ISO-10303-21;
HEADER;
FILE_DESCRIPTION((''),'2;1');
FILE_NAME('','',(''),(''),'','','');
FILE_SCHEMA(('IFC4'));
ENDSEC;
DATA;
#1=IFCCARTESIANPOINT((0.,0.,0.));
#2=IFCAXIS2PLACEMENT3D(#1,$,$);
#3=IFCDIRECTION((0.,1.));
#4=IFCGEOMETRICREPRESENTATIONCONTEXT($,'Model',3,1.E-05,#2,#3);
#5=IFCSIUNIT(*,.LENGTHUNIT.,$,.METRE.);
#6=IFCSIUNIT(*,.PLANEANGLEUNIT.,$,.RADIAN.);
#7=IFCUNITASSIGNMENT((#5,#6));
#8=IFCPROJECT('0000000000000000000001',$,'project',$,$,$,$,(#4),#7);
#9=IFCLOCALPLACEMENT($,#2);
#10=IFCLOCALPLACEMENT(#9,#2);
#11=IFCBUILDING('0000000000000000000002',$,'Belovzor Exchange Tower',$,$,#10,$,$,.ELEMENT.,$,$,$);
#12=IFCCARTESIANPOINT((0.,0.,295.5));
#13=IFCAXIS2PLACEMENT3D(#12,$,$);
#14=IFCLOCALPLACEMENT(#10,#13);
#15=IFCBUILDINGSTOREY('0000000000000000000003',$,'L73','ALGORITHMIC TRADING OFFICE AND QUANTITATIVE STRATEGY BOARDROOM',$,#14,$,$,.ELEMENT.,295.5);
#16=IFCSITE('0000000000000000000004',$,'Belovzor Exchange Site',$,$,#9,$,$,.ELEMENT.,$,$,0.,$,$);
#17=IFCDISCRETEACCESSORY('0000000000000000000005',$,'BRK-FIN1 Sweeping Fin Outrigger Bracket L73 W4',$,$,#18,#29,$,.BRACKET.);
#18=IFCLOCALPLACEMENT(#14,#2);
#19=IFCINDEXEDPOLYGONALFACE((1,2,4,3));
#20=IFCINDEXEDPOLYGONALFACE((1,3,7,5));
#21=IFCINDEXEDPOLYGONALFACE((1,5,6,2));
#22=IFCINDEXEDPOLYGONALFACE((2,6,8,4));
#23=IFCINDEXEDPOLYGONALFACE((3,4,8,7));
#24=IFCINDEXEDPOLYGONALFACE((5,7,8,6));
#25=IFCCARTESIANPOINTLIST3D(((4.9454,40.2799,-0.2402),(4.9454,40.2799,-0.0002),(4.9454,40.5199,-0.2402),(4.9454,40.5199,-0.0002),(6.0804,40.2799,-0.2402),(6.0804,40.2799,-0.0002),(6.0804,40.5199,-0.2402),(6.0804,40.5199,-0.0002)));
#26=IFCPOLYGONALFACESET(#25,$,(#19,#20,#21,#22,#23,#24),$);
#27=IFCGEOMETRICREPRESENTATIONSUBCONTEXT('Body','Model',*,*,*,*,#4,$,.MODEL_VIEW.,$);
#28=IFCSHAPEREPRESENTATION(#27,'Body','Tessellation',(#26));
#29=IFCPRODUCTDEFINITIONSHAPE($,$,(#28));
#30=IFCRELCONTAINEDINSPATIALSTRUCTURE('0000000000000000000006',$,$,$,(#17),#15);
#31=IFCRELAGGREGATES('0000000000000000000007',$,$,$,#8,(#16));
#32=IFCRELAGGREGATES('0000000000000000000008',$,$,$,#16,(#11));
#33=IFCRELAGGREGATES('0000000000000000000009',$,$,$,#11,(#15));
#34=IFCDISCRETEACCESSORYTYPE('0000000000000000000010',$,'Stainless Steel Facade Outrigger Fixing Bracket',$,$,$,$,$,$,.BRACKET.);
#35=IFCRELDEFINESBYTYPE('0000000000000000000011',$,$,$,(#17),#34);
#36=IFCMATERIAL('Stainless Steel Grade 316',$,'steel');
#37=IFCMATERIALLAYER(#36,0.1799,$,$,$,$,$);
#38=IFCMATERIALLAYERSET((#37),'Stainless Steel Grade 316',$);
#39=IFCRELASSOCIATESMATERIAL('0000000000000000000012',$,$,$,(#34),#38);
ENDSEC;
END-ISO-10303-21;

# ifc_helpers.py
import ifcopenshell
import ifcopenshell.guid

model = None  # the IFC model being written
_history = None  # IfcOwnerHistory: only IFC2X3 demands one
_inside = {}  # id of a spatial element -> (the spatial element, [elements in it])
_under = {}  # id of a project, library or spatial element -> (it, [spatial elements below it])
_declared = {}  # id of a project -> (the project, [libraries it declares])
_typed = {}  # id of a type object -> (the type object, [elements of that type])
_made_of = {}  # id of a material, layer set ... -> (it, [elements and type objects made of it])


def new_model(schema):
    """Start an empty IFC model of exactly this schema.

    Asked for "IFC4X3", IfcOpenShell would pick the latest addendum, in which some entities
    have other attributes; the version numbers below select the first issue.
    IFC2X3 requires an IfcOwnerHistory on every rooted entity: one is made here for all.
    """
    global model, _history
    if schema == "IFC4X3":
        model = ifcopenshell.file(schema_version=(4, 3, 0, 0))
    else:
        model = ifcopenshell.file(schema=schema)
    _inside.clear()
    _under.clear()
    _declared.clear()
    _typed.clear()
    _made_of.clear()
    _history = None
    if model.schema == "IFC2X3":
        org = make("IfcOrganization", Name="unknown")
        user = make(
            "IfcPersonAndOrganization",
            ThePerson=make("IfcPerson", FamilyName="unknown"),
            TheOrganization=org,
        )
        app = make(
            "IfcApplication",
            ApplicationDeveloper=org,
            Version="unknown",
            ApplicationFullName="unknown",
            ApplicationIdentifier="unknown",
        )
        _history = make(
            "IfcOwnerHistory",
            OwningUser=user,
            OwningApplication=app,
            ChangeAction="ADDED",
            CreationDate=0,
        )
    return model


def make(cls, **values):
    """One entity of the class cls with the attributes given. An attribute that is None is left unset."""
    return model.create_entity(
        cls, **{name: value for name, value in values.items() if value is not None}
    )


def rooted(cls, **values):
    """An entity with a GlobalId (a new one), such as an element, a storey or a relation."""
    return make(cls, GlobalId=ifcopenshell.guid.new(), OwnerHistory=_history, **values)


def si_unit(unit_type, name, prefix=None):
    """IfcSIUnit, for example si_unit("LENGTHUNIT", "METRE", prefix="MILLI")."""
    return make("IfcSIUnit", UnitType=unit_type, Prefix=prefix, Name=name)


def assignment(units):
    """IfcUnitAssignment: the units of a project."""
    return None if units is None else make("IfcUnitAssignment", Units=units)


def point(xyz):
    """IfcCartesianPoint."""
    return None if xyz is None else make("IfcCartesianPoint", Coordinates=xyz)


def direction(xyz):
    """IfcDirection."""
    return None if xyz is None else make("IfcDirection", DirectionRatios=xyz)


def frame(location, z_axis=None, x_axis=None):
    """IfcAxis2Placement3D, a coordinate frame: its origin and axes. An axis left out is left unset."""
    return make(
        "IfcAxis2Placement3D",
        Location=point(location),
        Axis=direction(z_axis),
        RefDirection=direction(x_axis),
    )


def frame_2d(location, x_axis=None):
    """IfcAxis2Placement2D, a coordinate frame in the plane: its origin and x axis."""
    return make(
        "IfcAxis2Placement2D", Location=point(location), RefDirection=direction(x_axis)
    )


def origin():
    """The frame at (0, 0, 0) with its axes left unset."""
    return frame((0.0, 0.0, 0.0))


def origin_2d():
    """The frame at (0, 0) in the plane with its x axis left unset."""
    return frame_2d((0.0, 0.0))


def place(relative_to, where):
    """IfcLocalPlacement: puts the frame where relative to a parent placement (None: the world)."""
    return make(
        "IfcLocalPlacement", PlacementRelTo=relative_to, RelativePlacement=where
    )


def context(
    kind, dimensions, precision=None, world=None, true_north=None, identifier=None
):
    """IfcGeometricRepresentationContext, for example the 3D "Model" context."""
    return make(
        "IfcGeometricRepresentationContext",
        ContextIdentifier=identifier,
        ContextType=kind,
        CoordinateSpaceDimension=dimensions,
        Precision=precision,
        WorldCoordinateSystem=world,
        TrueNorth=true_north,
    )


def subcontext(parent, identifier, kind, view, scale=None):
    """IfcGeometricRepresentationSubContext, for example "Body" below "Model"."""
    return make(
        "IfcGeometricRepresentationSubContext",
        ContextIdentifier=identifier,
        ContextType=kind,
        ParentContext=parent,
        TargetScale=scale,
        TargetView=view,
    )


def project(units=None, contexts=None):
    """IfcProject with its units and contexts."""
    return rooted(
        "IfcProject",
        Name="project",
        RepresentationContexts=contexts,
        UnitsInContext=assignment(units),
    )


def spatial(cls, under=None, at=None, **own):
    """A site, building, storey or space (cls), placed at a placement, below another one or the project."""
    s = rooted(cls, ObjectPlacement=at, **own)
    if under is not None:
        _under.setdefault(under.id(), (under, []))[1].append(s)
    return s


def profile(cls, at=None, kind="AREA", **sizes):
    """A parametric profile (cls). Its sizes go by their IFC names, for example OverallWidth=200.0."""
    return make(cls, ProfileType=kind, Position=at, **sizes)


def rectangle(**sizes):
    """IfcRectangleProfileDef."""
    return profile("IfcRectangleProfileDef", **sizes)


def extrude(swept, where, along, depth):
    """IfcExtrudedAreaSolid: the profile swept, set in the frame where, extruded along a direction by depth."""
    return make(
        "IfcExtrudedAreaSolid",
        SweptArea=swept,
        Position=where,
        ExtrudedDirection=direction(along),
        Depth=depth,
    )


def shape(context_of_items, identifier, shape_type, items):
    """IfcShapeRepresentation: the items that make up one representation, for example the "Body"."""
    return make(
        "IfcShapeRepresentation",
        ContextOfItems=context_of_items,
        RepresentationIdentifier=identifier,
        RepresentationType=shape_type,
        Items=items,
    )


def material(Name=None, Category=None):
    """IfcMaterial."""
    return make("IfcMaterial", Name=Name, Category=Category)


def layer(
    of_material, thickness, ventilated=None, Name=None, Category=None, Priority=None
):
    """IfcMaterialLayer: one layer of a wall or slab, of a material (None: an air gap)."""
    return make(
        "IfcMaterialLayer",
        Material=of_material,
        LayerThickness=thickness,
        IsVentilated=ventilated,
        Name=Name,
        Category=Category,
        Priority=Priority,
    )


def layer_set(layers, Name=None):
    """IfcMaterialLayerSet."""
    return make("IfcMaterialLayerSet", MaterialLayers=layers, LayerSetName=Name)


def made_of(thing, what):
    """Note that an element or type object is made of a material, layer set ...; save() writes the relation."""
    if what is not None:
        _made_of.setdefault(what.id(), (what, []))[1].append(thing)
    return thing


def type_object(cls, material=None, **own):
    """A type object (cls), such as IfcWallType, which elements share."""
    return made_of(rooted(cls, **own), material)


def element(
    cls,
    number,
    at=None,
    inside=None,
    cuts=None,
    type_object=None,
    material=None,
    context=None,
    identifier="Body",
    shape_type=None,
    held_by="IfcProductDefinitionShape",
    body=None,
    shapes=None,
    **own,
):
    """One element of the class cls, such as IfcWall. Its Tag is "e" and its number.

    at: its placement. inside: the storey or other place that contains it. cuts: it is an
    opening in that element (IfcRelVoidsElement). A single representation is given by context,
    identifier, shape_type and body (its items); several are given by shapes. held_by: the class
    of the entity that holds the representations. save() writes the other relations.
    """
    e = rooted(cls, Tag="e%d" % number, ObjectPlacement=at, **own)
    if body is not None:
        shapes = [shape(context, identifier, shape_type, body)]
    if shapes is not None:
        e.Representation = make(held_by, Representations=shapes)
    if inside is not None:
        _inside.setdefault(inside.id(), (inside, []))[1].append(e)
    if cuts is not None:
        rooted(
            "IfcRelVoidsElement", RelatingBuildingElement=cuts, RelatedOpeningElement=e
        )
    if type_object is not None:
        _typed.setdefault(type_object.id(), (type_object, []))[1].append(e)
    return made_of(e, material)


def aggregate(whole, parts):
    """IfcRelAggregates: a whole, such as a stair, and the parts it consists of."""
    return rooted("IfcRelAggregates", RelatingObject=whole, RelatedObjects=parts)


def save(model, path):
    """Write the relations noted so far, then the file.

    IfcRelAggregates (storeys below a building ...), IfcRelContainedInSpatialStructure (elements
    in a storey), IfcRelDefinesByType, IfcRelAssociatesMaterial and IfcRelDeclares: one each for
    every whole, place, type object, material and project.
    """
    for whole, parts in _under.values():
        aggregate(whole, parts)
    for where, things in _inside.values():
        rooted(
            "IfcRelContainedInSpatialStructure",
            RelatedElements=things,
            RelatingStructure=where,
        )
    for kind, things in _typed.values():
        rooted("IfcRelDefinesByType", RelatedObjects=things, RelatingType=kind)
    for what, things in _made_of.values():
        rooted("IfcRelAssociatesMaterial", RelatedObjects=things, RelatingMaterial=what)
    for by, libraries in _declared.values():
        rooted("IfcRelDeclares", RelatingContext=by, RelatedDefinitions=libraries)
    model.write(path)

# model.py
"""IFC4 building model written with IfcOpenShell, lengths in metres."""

from ifc_helpers import new_model, si_unit, direction, frame, origin, origin_2d, place, context, subcontext, project, spatial, rectangle, extrude, material, layer, layer_set, type_object, element, save


model = new_model("IFC4")

# Units and contexts
model_context = context("Model", 3, precision=1e-05, world=origin(), true_north=direction((0.0, 1.0)))
body_context = subcontext(model_context, "Body", "Model", "MODEL_VIEW")
ifc_project = project(units=[si_unit("LENGTHUNIT", "METRE"), si_unit("PLANEANGLEUNIT", "RADIAN")], contexts=[model_context])

# Site, building, storey
site_placement = place(None, origin())
site = spatial("IfcSite", under=ifc_project, at=site_placement, Name="Belovzor Exchange Site", CompositionType="ELEMENT", RefElevation=0.0)
building_placement = place(site_placement, origin())
building = spatial("IfcBuilding", under=site, at=building_placement, Name="Belovzor Exchange Tower", CompositionType="ELEMENT")
storey_placement = place(building_placement, frame((0.0, 0.0, 295.5)))
storey = spatial("IfcBuildingStorey", under=building, at=storey_placement, Name="L73", Description="ALGORITHMIC TRADING OFFICE AND QUANTITATIVE STRATEGY BOARDROOM", CompositionType="ELEMENT", Elevation=295.5)

# Discrete accessory
ifc_material_1 = material(Name="Stainless Steel Grade 316", Category="steel")
ifc_layer_1 = layer(ifc_material_1, 0.1799)
ifc_layer_set_1 = layer_set([ifc_layer_1], Name="Stainless Steel Grade 316")
discrete_accessory_type = type_object("IfcDiscreteAccessoryType", Name="Stainless Steel Facade Outrigger Fixing Bracket", PredefinedType="BRACKET", material=ifc_layer_set_1)
discrete_accessory_placement = place(storey_placement, frame((5.5129, 40.3999, -0.2402), z_axis=(0.0, 0.0, 1.0), x_axis=(1.0, 0.0, 0.0)))
element("IfcDiscreteAccessory", 1, at=discrete_accessory_placement, inside=storey, type_object=discrete_accessory_type, Name="BRK-FIN1 Sweeping Fin Outrigger Bracket L73 W4", PredefinedType="BRACKET", context=body_context, shape_type="SweptSolid", body=[
    extrude(rectangle(XDim=1.135, YDim=0.24, at=origin_2d()), origin(), (0.0, 0.0, 1.0), 0.24),
])

save(model, "model.ifc")
